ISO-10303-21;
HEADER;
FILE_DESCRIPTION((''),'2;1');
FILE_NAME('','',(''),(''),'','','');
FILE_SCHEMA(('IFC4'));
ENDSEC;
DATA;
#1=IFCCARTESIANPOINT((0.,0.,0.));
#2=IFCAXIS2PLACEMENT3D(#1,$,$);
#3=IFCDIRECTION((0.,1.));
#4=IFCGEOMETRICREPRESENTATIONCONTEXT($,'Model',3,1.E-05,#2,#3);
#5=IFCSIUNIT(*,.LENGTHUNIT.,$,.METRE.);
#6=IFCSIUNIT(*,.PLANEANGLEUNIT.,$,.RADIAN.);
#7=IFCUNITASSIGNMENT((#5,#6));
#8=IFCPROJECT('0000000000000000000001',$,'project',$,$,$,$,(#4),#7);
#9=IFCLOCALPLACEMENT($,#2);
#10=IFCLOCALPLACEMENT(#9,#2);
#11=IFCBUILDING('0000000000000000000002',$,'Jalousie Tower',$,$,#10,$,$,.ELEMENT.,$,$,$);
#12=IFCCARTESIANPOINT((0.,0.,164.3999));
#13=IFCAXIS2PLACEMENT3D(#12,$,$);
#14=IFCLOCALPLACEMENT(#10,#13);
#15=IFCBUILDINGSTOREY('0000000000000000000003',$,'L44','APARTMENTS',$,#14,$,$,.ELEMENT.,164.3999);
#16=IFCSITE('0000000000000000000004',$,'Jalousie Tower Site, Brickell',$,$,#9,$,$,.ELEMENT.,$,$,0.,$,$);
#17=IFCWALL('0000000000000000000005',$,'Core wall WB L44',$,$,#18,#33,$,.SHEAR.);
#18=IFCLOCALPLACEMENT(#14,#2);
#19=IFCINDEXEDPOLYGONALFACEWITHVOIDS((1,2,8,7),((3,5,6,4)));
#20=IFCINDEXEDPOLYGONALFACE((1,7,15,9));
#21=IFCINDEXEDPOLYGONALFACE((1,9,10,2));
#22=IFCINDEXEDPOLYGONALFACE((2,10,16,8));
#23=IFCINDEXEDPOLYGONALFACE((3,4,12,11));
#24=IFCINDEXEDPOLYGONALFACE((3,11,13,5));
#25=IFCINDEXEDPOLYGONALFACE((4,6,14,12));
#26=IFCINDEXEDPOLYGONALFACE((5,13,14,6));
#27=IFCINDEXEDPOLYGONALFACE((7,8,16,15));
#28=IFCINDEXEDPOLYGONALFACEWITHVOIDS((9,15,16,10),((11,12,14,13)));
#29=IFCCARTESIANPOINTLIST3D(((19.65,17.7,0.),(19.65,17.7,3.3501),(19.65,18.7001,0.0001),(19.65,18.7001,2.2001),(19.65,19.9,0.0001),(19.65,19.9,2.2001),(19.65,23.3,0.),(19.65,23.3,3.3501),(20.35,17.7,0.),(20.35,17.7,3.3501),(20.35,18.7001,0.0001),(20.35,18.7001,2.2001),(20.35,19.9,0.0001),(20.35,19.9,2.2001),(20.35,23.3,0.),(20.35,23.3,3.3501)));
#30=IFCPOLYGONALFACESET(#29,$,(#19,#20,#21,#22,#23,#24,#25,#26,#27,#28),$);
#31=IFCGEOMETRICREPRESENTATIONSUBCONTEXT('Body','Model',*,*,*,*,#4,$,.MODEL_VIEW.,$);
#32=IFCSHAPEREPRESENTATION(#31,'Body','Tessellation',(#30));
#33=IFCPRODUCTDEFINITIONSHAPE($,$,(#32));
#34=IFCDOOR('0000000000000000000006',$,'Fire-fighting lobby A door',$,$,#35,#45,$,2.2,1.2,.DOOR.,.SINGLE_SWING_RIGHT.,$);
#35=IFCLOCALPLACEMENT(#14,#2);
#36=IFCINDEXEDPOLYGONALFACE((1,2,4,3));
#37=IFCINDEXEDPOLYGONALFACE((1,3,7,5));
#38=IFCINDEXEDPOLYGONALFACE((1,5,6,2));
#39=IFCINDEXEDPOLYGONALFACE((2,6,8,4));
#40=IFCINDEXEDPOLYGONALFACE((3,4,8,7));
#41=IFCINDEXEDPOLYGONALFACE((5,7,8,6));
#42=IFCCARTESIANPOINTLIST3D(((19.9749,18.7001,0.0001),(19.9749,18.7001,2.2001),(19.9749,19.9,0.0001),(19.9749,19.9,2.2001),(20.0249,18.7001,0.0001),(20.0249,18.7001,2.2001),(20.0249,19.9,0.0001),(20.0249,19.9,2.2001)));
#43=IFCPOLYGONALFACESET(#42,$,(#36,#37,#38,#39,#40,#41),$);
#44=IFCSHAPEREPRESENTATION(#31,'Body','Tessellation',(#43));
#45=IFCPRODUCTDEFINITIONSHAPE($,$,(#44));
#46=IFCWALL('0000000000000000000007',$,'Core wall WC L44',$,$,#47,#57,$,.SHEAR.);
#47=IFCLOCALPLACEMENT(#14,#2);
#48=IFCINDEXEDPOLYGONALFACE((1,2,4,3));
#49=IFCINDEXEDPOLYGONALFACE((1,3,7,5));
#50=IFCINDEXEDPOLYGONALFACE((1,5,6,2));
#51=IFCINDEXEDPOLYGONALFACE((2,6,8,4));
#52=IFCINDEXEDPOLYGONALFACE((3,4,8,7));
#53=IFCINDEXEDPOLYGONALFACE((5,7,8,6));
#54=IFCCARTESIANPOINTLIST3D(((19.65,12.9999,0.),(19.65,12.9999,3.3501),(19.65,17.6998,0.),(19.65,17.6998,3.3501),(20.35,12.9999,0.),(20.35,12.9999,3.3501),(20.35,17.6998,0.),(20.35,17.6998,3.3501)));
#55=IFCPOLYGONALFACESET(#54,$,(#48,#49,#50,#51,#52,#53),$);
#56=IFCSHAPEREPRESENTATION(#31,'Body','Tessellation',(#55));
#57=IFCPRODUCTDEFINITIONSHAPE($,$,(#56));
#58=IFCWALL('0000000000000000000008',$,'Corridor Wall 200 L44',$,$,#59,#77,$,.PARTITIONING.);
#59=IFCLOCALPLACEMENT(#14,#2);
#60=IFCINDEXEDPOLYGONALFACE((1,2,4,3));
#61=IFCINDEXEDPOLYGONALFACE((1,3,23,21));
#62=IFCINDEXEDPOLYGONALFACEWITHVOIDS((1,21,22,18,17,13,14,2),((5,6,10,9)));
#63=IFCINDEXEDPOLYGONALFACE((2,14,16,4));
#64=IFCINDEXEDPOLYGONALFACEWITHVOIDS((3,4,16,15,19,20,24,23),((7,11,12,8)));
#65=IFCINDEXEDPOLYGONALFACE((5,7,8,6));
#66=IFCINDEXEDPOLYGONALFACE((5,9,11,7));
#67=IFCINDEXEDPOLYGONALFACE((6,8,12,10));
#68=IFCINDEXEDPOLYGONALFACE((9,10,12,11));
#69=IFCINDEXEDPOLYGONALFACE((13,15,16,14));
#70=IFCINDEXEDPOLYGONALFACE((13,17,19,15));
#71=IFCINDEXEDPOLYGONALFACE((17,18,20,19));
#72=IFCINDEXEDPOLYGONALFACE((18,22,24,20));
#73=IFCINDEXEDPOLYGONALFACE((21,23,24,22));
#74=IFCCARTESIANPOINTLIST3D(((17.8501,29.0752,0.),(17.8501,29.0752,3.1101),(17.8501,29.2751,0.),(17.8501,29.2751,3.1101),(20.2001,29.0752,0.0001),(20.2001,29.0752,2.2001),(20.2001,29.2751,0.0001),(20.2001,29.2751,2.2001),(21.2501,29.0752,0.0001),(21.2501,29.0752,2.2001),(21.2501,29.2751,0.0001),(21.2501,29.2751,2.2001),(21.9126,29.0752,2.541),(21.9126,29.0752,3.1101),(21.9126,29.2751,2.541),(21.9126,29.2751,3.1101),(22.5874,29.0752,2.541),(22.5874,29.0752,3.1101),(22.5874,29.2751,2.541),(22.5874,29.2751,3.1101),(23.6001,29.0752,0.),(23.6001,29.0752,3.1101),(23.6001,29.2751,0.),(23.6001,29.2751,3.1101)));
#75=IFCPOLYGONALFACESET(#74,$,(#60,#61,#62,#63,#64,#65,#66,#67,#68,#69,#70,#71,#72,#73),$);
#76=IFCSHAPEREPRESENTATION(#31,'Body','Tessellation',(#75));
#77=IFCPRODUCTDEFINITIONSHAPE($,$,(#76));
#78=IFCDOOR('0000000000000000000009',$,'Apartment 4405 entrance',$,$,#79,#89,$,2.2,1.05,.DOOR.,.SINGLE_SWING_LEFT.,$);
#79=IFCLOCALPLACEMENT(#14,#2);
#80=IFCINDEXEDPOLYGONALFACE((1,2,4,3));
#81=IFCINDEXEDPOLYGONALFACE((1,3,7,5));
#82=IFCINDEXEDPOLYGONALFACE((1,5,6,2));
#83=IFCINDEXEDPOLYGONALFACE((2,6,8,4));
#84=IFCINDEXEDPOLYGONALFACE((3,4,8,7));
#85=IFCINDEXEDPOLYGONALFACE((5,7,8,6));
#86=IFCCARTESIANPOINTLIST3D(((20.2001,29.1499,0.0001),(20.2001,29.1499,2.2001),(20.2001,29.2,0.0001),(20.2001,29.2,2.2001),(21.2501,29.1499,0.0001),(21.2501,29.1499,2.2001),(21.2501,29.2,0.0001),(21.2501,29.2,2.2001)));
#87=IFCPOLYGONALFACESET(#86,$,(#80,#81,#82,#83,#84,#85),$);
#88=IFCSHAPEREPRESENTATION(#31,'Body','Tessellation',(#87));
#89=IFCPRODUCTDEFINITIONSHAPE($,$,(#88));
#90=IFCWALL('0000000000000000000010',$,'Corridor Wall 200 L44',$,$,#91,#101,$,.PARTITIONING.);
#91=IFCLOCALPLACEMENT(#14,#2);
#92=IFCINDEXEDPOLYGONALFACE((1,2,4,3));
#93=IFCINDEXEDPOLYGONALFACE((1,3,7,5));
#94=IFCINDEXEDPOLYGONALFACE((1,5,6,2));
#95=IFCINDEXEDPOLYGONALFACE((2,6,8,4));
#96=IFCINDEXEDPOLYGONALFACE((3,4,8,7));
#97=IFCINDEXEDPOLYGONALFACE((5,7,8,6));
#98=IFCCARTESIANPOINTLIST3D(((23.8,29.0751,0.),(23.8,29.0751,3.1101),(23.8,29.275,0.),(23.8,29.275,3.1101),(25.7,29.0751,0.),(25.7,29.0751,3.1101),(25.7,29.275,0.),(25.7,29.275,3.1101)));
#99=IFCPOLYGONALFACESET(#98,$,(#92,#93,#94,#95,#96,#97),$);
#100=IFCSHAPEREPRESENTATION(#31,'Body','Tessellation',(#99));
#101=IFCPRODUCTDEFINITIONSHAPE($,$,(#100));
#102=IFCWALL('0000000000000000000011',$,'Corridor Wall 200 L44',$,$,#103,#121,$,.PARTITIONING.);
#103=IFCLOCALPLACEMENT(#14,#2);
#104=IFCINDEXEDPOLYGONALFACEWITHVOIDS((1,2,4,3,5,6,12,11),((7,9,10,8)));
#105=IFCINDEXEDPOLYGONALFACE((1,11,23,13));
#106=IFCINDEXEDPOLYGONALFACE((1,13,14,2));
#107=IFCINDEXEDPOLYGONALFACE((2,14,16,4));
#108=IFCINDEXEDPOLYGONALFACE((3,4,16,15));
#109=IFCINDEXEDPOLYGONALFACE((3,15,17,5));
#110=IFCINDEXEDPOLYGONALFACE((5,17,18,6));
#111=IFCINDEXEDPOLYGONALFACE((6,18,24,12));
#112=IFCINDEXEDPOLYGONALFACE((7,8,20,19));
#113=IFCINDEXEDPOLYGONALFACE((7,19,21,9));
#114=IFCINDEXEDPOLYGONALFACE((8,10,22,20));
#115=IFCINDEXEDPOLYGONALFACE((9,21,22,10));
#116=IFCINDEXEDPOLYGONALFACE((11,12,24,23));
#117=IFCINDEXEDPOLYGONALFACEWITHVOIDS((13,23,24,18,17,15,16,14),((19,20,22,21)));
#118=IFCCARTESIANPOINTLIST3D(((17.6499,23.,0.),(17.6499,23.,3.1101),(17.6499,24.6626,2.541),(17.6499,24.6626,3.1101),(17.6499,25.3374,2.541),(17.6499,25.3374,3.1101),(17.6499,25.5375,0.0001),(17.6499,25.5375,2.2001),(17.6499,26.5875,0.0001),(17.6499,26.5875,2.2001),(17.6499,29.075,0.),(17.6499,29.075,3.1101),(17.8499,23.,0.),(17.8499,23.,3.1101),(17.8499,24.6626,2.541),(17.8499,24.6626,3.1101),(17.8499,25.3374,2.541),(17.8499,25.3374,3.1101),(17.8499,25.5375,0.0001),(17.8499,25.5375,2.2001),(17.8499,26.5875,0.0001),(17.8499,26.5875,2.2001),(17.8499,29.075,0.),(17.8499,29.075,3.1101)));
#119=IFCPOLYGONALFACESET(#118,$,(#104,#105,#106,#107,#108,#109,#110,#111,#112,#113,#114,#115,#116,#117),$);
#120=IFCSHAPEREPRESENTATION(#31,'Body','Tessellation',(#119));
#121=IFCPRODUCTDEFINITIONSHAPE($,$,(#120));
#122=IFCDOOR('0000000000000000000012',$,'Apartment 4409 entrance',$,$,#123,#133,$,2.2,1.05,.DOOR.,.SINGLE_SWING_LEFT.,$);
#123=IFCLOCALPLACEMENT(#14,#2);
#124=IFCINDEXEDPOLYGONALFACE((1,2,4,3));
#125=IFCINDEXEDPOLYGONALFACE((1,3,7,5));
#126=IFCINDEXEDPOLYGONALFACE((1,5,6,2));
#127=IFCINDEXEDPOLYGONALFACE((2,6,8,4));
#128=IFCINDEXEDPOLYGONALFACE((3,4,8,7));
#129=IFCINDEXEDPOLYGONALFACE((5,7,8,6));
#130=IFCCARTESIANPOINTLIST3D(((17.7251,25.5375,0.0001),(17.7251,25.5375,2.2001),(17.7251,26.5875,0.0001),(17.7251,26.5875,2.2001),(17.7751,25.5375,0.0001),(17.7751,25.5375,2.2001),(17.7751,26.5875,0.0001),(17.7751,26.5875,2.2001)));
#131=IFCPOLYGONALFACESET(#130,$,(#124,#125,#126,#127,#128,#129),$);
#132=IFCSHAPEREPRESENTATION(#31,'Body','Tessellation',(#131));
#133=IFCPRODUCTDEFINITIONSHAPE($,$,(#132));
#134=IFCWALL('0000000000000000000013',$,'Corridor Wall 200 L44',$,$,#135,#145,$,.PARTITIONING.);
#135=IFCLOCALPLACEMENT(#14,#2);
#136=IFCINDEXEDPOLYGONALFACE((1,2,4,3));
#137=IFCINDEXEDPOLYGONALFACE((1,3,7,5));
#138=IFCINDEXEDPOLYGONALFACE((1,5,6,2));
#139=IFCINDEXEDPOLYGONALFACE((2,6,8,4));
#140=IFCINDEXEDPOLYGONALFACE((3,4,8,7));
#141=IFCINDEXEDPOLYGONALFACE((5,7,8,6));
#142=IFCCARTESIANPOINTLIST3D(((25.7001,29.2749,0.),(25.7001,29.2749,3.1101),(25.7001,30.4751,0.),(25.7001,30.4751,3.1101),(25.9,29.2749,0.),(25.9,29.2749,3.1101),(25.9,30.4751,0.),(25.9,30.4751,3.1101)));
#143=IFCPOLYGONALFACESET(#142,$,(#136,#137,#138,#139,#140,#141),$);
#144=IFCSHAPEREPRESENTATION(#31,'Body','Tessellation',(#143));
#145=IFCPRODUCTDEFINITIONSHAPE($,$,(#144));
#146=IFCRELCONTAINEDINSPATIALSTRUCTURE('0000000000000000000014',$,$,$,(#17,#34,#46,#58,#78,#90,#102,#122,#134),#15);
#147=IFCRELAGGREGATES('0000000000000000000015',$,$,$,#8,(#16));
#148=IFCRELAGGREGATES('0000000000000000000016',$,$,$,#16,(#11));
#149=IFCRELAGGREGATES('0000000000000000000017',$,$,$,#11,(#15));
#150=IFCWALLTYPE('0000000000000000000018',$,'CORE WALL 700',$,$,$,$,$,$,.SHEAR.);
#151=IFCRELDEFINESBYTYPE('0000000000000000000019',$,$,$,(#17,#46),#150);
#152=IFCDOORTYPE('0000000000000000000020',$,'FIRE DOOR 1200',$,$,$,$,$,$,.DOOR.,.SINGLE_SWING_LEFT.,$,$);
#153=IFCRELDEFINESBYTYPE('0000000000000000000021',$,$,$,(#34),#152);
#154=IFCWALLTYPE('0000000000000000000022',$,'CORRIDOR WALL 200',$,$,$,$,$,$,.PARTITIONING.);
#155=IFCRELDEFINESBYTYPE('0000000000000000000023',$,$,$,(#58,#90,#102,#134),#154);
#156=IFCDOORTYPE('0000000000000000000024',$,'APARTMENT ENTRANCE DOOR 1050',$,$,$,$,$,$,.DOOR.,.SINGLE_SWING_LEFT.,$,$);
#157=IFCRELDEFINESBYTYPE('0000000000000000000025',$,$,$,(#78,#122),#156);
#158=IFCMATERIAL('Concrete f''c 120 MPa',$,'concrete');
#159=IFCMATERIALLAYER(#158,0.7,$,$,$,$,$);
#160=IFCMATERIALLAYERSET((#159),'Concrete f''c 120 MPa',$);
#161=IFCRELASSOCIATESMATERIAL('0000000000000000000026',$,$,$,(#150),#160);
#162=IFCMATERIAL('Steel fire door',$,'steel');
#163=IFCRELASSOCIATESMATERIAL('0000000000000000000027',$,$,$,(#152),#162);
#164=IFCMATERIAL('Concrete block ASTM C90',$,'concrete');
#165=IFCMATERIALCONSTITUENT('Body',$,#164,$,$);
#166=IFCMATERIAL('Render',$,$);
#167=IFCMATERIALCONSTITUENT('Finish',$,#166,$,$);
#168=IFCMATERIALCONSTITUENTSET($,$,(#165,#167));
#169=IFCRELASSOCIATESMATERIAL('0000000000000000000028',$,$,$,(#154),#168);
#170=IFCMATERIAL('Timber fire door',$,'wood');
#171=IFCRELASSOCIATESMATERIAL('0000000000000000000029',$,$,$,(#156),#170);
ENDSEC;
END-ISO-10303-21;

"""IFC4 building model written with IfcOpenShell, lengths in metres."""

from ifc_helpers import new_model, si_unit, direction, frame, frame_2d, origin, place, context, subcontext, project, spatial, polyline, rectangle, outline, extrude, material, layer, layer_set, constituent, constituent_set, type_object, element, fill, save


model = new_model("IFC4")

# Units and contexts
model_context = context("Model", 3, precision=1e-05, world=origin(), true_north=direction((0.0, 1.0)))
body_context = subcontext(model_context, "Body", "Model", "MODEL_VIEW")
ifc_project = project(units=[si_unit("LENGTHUNIT", "METRE"), si_unit("PLANEANGLEUNIT", "RADIAN")], contexts=[model_context])

# Site, building, storey
site_placement = place(None, origin())
site = spatial("IfcSite", under=ifc_project, at=site_placement, Name="Jalousie Tower Site, Brickell", CompositionType="ELEMENT", RefElevation=0.0)
building_placement = place(site_placement, origin())
building = spatial("IfcBuilding", under=site, at=building_placement, Name="Jalousie Tower", CompositionType="ELEMENT")
storey_placement = place(building_placement, frame((0.0, 0.0, 164.3999)))
storey = spatial("IfcBuildingStorey", under=building, at=storey_placement, Name="L44", Description="APARTMENTS", CompositionType="ELEMENT", Elevation=164.3999)

# Shared definitions
ifc_material_1 = material(Name="Concrete f'c 120 MPa", Category="concrete")
ifc_layer_1 = layer(ifc_material_1, 0.7)
ifc_layer_set_1 = layer_set([ifc_layer_1], Name="Concrete f'c 120 MPa")
wall_type_1 = type_object("IfcWallType", Name="CORE WALL 700", PredefinedType="SHEAR", material=ifc_layer_set_1)

# Wall, opening, door
wall_1_placement = place(storey_placement, frame((20.0, 23.3, 0.0), z_axis=(0.0, 0.0, 1.0), x_axis=(0.0, -1.0, 0.0)))
wall_1 = element("IfcWall", 1, at=wall_1_placement, inside=storey, type_object=wall_type_1, Name="Core wall WB L44", PredefinedType="SHEAR", context=body_context, shape_type="SweptSolid", body=[
    extrude(rectangle(XDim=5.6001, YDim=0.7, at=frame_2d((2.8, 0.0))), origin(), (0.0, 0.0, 1.0), 3.3501),
])
opening_1_placement = place(wall_1_placement, frame((3.3999, 0.0, 0.0)))
opening_1 = element("IfcOpeningElement", 2, at=opening_1_placement, cuts=wall_1, PredefinedType="OPENING", context=body_context, shape_type="SweptSolid", body=[
    extrude(rectangle(XDim=1.2, YDim=2.2, at=frame_2d((0.6001, 1.1001))), frame((0.0, 0.3599, 0.0), z_axis=(0.0, -1.0, 0.0), x_axis=(1.0, 0.0, 0.0)), (0.0, 0.0, 1.0), 0.72),
])
ifc_material_2 = material(Name="Steel fire door", Category="steel")
door_type_1 = type_object("IfcDoorType", Name="FIRE DOOR 1200", OperationType="SINGLE_SWING_LEFT", PredefinedType="DOOR", material=ifc_material_2)
door_1_placement = place(opening_1_placement, origin())
door_1 = element("IfcDoor", 3, at=door_1_placement, inside=storey, type_object=door_type_1, Name="Fire-fighting lobby A door", OperationType="SINGLE_SWING_RIGHT", OverallHeight=2.2, OverallWidth=1.2, PredefinedType="DOOR", context=body_context, shape_type="SweptSolid", body=[
    extrude(rectangle(XDim=1.2, YDim=2.2, at=frame_2d((0.6001, 1.1001))), frame((0.0, 0.0249, 0.0), z_axis=(0.0, -1.0, 0.0), x_axis=(1.0, 0.0, 0.0)), (0.0, 0.0, 1.0), 0.05),
])
fill(opening_1, door_1)

# Wall
wall_2_placement = place(storey_placement, frame((20.0, 17.7, 0.0), z_axis=(0.0, 0.0, 1.0), x_axis=(0.0, -1.0, 0.0)))
element("IfcWall", 4, at=wall_2_placement, inside=storey, type_object=wall_type_1, Name="Core wall WC L44", PredefinedType="SHEAR", context=body_context, shape_type="SweptSolid", body=[
    extrude(rectangle(XDim=4.7, YDim=0.7, at=frame_2d((2.3501, 0.0))), origin(), (0.0, 0.0, 1.0), 3.3501),
])

# Wall, opening, door
ifc_material_3 = material(Name="Concrete block ASTM C90", Category="concrete")
ifc_constituent_1 = constituent(ifc_material_3, Name="Body")
ifc_material_4 = material(Name="Render")
ifc_constituent_2 = constituent(ifc_material_4, Name="Finish")
ifc_constituent_set_1 = constituent_set(constituents=[ifc_constituent_1, ifc_constituent_2])
wall_type_2 = type_object("IfcWallType", Name="CORRIDOR WALL 200", PredefinedType="PARTITIONING", material=ifc_constituent_set_1)
wall_3_placement = place(storey_placement, frame((17.8501, 29.175, 0.0), z_axis=(0.0, 0.0, 1.0), x_axis=(1.0, 0.0, 0.0)))
wall_3 = element("IfcWall", 5, at=wall_3_placement, inside=storey, type_object=wall_type_2, Name="Corridor Wall 200 L44", PredefinedType="PARTITIONING", context=body_context, shape_type="SweptSolid", body=[
    extrude(outline(polyline([(0.0, 0.0), (5.75, 0.0), (5.75, 3.1101), (4.7373, 3.1101), (4.7373, 2.541), (4.0625, 2.541), (4.0625, 3.1101), (0.0, 3.1101), (0.0, 0.0)])), frame((0.0, 0.1001, 0.0), z_axis=(0.0, -1.0, 0.0), x_axis=(1.0, 0.0, 0.0)), (0.0, 0.0, 1.0), 0.2),
])
opening_2_placement = place(wall_3_placement, frame((2.3501, 0.0, 0.0)))
opening_2 = element("IfcOpeningElement", 6, at=opening_2_placement, cuts=wall_3, PredefinedType="OPENING", context=body_context, shape_type="SweptSolid", body=[
    extrude(rectangle(XDim=1.05, YDim=2.2, at=frame_2d((0.5249, 1.1001))), frame((0.0, 0.1099, 0.0), z_axis=(0.0, -1.0, 0.0), x_axis=(1.0, 0.0, 0.0)), (0.0, 0.0, 1.0), 0.22),
])
ifc_material_5 = material(Name="Timber fire door", Category="wood")
door_type_2 = type_object("IfcDoorType", Name="APARTMENT ENTRANCE DOOR 1050", OperationType="SINGLE_SWING_LEFT", PredefinedType="DOOR", material=ifc_material_5)
door_2_placement = place(opening_2_placement, origin())
door_2 = element("IfcDoor", 7, at=door_2_placement, inside=storey, type_object=door_type_2, Name="Apartment 4405 entrance", OperationType="SINGLE_SWING_LEFT", OverallHeight=2.2, OverallWidth=1.05, PredefinedType="DOOR", context=body_context, shape_type="SweptSolid", body=[
    extrude(rectangle(XDim=1.05, YDim=2.2, at=frame_2d((0.5249, 1.1001))), frame((0.0, 0.0249, 0.0), z_axis=(0.0, -1.0, 0.0), x_axis=(1.0, 0.0, 0.0)), (0.0, 0.0, 1.0), 0.05),
])
fill(opening_2, door_2)

# Wall
wall_4_placement = place(storey_placement, frame((23.8, 29.175, 0.0), z_axis=(0.0, 0.0, 1.0), x_axis=(1.0, 0.0, 0.0)))
element("IfcWall", 8, at=wall_4_placement, inside=storey, type_object=wall_type_2, Name="Corridor Wall 200 L44", PredefinedType="PARTITIONING", context=body_context, shape_type="SweptSolid", body=[
    extrude(rectangle(XDim=1.8999, YDim=0.2, at=frame_2d((0.95, 0.0))), origin(), (0.0, 0.0, 1.0), 3.1101),
])

# Wall, opening, door
wall_5_placement = place(storey_placement, frame((17.75, 23.0, 0.0), z_axis=(0.0, 0.0, 1.0), x_axis=(0.0, 1.0, 0.0)))
wall_5 = element("IfcWall", 9, at=wall_5_placement, inside=storey, type_object=wall_type_2, Name="Corridor Wall 200 L44", PredefinedType="PARTITIONING", context=body_context, shape_type="SweptSolid", body=[
    extrude(outline(polyline([(0.0, 0.0), (6.075, 0.0), (6.075, 3.1101), (2.3374, 3.1101), (2.3374, 2.541), (1.6626, 2.541), (1.6626, 3.1101), (0.0, 3.1101), (0.0, 0.0)])), frame((0.0, 0.1001, 0.0), z_axis=(0.0, -1.0, 0.0), x_axis=(1.0, 0.0, 0.0)), (0.0, 0.0, 1.0), 0.2),
])
opening_3_placement = place(wall_5_placement, frame((2.5376, 0.0, 0.0)))
opening_3 = element("IfcOpeningElement", 10, at=opening_3_placement, cuts=wall_5, PredefinedType="OPENING", context=body_context, shape_type="SweptSolid", body=[
    extrude(rectangle(XDim=1.05, YDim=2.2, at=frame_2d((0.5249, 1.1001))), frame((0.0, 0.1099, 0.0), z_axis=(0.0, -1.0, 0.0), x_axis=(1.0, 0.0, 0.0)), (0.0, 0.0, 1.0), 0.22),
])
door_3_placement = place(opening_3_placement, origin())
door_3 = element("IfcDoor", 11, at=door_3_placement, inside=storey, type_object=door_type_2, Name="Apartment 4409 entrance", OperationType="SINGLE_SWING_LEFT", OverallHeight=2.2, OverallWidth=1.05, PredefinedType="DOOR", context=body_context, shape_type="SweptSolid", body=[
    extrude(rectangle(XDim=1.05, YDim=2.2, at=frame_2d((0.5249, 1.1001))), frame((0.0, 0.0249, 0.0), z_axis=(0.0, -1.0, 0.0), x_axis=(1.0, 0.0, 0.0)), (0.0, 0.0, 1.0), 0.05),
])
fill(opening_3, door_3)

# Wall
wall_6_placement = place(storey_placement, frame((25.8, 29.2749, 0.0), z_axis=(0.0, 0.0, 1.0), x_axis=(0.0, 1.0, 0.0)))
element("IfcWall", 12, at=wall_6_placement, inside=storey, type_object=wall_type_2, Name="Corridor Wall 200 L44", PredefinedType="PARTITIONING", context=body_context, shape_type="SweptSolid", body=[
    extrude(rectangle(XDim=1.2002, YDim=0.2, at=frame_2d((0.6001, 0.0))), origin(), (0.0, 0.0, 1.0), 3.1101),
])

save(model, "model.ifc")
